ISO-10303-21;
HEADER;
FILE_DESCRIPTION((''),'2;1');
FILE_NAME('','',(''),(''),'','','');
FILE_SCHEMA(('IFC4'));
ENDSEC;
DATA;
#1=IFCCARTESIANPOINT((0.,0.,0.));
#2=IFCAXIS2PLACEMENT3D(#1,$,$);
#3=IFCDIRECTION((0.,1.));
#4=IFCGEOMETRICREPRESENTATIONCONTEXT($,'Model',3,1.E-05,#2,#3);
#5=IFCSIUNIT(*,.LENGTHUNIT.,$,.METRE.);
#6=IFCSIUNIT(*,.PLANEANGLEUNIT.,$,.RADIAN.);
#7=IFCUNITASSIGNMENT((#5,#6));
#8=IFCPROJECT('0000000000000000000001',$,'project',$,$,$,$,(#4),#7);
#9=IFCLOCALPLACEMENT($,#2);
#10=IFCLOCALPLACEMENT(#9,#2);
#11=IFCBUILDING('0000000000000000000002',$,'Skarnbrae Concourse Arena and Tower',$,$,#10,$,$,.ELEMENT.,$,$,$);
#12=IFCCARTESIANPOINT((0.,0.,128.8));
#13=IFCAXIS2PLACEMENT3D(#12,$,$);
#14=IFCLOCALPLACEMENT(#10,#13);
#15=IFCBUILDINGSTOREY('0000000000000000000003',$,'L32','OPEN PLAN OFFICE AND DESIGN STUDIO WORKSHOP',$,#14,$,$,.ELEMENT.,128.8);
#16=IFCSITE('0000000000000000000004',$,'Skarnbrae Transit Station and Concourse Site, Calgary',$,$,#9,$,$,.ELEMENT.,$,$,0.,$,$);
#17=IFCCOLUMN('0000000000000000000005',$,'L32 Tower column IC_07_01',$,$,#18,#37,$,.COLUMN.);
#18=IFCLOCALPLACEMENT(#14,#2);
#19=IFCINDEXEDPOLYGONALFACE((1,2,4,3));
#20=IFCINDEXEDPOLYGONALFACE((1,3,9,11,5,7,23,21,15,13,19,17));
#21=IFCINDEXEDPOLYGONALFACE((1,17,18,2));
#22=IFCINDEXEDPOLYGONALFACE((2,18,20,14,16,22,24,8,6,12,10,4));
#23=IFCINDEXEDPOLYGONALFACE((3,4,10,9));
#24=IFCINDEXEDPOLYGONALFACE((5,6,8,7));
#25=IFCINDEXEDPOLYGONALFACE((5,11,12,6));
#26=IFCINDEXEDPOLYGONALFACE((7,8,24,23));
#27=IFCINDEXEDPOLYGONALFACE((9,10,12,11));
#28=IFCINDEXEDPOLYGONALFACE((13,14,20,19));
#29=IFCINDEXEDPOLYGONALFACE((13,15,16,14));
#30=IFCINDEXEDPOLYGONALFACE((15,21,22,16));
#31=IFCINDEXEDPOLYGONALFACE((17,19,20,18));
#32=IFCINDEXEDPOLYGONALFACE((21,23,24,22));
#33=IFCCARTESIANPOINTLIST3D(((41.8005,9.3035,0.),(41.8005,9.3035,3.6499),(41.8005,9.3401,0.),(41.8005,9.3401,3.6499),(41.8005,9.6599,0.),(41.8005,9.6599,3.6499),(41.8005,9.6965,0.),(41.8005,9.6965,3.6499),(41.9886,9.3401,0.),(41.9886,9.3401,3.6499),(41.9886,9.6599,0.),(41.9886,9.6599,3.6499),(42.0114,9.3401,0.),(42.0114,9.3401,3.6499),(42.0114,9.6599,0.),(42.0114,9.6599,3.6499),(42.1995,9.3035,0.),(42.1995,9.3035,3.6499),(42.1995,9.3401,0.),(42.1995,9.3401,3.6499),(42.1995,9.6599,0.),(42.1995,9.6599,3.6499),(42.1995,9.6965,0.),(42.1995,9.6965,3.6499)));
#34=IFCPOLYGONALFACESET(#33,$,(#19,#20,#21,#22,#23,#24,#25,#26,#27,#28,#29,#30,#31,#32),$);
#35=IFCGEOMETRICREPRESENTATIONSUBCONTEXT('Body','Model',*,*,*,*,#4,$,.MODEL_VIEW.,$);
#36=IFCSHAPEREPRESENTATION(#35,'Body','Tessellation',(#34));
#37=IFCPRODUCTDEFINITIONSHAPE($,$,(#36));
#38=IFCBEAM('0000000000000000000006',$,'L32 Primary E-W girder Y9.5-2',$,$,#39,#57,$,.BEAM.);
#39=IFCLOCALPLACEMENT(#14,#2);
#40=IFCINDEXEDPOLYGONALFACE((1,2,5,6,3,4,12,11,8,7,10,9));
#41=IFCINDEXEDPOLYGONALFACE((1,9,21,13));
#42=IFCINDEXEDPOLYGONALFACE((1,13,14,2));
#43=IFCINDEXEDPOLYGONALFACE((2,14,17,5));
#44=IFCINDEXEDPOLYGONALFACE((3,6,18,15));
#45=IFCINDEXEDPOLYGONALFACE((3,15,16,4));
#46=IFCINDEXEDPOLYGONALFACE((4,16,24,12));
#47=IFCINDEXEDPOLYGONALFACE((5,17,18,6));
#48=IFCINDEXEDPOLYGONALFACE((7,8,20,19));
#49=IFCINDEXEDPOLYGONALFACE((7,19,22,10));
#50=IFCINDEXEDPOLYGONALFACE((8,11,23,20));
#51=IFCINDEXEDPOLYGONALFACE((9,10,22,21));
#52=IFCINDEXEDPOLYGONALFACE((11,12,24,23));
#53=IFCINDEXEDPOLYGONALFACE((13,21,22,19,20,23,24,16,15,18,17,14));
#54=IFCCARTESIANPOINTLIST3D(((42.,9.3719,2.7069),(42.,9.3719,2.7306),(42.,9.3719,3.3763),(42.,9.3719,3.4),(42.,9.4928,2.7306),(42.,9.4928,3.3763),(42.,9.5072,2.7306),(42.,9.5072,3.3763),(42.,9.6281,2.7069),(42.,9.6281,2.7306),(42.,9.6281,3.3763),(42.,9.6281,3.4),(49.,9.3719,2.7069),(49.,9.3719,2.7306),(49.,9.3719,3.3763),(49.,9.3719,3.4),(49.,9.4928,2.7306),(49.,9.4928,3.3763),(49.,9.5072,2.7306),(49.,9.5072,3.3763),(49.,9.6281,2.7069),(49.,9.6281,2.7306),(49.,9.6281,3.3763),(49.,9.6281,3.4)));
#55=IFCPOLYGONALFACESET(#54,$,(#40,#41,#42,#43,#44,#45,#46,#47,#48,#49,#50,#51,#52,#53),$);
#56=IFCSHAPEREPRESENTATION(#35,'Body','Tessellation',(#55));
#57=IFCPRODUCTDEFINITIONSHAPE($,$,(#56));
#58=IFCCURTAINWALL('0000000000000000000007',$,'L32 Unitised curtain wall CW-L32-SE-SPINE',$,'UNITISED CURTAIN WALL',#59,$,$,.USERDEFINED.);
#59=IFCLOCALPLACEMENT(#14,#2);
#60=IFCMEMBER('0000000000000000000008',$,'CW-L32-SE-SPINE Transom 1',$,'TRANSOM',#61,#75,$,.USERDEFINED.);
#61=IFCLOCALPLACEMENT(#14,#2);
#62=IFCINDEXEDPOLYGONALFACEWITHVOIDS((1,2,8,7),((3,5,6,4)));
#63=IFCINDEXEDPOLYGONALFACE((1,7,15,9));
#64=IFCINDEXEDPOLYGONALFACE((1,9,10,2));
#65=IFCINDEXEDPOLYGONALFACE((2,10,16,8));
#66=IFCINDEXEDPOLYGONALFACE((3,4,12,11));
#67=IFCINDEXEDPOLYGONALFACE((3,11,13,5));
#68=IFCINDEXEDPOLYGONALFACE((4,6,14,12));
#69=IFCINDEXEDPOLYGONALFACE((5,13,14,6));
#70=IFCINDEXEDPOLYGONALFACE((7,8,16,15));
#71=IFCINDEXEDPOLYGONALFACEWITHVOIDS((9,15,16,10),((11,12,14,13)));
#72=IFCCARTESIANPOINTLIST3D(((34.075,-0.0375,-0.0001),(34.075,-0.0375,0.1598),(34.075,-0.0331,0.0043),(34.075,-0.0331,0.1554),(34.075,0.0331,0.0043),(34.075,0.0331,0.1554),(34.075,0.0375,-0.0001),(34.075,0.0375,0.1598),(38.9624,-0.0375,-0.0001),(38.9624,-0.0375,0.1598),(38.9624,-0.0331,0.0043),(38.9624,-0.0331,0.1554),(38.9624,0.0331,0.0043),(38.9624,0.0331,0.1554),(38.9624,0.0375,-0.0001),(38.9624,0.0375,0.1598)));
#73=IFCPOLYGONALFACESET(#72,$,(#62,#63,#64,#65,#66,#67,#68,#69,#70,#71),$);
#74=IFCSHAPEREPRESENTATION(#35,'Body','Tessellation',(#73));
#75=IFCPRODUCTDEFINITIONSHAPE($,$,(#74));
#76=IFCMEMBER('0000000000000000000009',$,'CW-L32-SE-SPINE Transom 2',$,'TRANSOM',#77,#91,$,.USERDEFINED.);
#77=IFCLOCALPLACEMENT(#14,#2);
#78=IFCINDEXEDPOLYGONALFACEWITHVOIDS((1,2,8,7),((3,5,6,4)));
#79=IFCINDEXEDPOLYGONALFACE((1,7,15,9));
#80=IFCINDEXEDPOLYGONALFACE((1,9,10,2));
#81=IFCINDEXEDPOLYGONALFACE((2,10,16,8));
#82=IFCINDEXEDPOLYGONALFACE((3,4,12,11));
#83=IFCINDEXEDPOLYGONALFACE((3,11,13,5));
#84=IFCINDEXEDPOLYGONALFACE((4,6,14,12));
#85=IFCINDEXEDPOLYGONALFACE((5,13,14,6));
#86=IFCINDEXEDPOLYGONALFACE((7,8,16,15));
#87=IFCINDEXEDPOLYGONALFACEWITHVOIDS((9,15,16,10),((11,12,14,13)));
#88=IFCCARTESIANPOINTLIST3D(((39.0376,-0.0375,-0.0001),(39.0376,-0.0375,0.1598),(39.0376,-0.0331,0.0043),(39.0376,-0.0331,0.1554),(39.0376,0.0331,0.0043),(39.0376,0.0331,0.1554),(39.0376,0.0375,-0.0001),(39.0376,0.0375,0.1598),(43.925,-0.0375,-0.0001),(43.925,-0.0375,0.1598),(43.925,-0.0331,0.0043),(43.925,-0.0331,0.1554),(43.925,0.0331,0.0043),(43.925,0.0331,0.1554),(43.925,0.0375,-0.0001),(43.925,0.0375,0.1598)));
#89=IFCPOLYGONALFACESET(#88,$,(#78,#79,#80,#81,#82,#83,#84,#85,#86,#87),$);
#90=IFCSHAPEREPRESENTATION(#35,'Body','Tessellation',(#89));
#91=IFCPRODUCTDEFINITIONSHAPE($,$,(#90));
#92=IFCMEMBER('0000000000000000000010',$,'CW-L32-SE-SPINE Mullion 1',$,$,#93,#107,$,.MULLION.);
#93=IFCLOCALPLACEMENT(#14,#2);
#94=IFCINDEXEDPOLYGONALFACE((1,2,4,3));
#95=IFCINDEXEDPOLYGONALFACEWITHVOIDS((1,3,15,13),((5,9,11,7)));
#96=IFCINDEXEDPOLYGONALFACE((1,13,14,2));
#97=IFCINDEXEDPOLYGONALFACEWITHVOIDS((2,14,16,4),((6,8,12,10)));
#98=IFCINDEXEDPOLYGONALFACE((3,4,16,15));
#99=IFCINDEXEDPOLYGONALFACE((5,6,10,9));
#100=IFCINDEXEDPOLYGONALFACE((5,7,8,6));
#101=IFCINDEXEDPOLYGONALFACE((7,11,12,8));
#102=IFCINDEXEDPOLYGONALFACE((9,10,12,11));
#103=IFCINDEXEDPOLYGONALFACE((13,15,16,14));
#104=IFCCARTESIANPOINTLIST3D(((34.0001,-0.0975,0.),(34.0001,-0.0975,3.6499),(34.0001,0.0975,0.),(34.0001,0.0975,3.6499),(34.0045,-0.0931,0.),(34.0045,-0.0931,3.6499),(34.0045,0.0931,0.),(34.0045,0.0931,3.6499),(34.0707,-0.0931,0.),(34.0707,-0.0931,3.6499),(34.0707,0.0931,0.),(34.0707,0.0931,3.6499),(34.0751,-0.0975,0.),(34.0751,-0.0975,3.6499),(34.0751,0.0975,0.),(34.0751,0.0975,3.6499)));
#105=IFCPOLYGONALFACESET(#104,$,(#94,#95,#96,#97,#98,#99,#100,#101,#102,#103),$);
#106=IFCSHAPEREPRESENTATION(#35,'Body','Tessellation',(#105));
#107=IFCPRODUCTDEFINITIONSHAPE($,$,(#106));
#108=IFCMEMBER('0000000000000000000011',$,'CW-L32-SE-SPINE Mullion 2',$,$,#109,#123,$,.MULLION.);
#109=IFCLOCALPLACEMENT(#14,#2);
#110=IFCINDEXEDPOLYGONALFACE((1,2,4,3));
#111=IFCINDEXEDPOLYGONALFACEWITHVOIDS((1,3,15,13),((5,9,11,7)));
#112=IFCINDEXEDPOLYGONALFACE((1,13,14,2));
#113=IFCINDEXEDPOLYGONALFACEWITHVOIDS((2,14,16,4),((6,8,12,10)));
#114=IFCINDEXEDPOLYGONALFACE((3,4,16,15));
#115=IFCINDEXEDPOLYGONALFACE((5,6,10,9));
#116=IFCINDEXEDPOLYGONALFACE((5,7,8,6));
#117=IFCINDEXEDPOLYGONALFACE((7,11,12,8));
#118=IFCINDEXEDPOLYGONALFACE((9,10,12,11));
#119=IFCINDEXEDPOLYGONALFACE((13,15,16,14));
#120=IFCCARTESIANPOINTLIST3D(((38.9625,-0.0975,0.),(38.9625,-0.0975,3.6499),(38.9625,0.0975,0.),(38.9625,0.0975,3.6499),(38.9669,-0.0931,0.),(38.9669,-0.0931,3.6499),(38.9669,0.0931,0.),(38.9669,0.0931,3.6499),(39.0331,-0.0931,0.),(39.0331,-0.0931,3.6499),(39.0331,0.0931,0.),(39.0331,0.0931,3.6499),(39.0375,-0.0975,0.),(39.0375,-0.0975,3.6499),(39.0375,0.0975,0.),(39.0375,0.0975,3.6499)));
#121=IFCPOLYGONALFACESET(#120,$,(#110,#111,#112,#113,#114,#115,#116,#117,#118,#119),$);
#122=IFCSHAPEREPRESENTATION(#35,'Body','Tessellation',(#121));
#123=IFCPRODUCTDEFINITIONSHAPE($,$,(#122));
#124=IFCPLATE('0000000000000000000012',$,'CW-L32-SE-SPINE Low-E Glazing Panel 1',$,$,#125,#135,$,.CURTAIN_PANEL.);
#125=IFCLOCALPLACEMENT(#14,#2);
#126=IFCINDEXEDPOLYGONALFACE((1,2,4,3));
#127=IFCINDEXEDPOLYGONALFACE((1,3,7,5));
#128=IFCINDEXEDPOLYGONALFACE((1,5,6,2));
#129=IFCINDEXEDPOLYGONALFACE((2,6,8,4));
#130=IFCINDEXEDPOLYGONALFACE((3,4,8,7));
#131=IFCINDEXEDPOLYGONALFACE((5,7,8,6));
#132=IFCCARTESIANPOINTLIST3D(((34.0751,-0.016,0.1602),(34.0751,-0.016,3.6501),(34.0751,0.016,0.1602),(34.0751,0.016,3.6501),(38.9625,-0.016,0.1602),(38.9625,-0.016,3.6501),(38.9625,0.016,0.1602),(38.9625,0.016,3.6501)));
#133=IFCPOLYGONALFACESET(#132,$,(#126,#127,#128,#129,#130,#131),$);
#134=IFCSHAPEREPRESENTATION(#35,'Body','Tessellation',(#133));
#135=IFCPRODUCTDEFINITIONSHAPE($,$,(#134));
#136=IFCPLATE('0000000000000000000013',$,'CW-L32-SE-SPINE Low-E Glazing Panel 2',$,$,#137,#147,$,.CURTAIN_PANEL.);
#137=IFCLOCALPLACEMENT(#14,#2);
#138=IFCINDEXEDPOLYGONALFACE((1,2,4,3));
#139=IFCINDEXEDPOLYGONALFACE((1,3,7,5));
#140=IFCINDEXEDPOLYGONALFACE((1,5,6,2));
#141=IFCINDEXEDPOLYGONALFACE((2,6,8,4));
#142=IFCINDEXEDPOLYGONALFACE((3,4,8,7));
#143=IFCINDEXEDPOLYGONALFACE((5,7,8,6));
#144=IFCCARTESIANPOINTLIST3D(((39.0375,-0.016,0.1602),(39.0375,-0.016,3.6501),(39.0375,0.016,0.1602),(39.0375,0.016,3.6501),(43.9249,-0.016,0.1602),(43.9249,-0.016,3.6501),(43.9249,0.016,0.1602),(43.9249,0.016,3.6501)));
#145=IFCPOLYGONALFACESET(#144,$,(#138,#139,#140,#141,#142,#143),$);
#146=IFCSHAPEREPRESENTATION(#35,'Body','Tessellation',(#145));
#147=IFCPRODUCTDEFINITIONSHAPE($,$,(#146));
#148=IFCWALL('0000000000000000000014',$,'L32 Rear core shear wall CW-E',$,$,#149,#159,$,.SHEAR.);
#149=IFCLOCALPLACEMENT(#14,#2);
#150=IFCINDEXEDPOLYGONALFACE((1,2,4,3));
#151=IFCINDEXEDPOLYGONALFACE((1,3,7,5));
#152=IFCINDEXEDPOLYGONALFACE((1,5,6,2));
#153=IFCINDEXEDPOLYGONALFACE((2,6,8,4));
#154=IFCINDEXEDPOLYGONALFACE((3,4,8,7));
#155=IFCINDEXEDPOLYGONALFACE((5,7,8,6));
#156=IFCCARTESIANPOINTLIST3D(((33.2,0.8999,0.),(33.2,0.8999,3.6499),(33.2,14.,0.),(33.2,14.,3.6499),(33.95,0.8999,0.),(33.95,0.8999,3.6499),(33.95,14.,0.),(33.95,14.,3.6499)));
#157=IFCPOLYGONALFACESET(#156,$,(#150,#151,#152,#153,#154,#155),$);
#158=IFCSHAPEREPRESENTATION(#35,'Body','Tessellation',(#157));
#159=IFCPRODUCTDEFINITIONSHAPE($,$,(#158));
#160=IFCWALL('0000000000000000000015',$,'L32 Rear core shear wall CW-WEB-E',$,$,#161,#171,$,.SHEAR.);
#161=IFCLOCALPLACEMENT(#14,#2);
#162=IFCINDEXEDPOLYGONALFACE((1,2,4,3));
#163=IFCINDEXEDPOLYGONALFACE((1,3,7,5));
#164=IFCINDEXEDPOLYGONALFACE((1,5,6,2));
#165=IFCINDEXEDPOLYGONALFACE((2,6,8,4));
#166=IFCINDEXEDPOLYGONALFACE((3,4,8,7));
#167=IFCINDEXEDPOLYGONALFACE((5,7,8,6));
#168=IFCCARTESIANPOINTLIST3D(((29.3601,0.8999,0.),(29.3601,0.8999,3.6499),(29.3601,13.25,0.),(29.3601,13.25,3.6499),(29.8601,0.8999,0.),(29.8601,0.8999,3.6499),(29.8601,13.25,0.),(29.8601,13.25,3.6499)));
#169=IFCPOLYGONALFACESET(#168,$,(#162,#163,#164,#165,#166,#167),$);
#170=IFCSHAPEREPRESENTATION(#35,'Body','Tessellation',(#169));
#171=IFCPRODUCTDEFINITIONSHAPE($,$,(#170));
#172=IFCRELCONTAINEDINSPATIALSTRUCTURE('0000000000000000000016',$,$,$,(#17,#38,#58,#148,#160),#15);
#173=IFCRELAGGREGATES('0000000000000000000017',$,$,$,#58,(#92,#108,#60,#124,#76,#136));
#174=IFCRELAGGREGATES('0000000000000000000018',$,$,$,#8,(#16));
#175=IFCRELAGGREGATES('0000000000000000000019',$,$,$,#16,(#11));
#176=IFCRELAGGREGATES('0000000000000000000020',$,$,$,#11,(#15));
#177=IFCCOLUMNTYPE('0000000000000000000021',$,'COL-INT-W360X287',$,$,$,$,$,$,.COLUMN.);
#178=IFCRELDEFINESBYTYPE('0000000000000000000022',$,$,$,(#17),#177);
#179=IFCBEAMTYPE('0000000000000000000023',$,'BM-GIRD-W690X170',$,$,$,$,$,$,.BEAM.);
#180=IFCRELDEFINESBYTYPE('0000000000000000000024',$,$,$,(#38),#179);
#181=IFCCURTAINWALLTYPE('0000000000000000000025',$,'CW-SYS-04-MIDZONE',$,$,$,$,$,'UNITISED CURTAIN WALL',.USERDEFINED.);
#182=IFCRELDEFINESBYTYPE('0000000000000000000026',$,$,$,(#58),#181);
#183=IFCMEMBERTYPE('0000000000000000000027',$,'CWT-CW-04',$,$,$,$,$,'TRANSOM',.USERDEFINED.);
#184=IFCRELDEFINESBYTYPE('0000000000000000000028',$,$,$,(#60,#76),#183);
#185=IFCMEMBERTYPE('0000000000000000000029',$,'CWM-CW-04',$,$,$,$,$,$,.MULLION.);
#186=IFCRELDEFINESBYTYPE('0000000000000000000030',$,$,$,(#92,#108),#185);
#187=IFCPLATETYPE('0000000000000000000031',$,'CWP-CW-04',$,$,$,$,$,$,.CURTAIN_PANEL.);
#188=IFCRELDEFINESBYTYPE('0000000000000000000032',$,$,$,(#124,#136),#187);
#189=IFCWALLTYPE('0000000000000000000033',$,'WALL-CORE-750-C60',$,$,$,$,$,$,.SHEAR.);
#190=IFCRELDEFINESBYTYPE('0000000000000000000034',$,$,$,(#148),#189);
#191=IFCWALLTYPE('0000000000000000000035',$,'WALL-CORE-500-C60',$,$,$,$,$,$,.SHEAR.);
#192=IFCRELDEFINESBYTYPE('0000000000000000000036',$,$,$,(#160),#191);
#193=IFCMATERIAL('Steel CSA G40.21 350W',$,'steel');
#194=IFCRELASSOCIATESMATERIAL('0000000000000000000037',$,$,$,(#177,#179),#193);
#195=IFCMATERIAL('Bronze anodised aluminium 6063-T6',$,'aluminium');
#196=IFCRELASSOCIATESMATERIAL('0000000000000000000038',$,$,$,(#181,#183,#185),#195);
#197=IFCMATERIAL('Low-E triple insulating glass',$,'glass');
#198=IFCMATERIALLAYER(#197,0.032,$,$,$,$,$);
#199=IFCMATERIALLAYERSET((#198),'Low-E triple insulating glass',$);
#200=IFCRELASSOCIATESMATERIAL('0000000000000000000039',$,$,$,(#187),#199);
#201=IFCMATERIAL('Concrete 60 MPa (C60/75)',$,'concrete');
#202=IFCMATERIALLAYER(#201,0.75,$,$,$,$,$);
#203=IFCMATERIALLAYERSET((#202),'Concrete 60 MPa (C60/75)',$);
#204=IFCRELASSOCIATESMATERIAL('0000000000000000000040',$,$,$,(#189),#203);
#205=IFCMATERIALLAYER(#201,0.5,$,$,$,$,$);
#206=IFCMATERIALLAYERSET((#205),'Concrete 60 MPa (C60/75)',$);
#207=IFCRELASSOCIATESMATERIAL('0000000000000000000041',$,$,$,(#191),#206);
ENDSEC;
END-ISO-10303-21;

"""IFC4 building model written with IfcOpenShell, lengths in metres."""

from ifc_helpers import new_model, si_unit, direction, frame, frame_2d, origin, origin_2d, place, context, subcontext, project, spatial, rectangle, hollow_rectangle, i_section, extrude, source, transform, mapped, material, layer, layer_set, material_profile, profile_set, type_object, element, aggregate, save


model = new_model("IFC4")

# Units and contexts
model_context = context("Model", 3, precision=1e-05, world=origin(), true_north=direction((0.0, 1.0)))
body_context = subcontext(model_context, "Body", "Model", "MODEL_VIEW")
ifc_project = project(units=[si_unit("LENGTHUNIT", "METRE"), si_unit("PLANEANGLEUNIT", "RADIAN")], contexts=[model_context])

# Site, building, storey
site_placement = place(None, origin())
site = spatial("IfcSite", under=ifc_project, at=site_placement, Name="Skarnbrae Transit Station and Concourse Site, Calgary", CompositionType="ELEMENT", RefElevation=0.0)
building_placement = place(site_placement, origin())
building = spatial("IfcBuilding", under=site, at=building_placement, Name="Skarnbrae Concourse Arena and Tower", CompositionType="ELEMENT")
storey_placement = place(building_placement, frame((0.0, 0.0, 128.8)))
storey = spatial("IfcBuildingStorey", under=building, at=storey_placement, Name="L32", Description="OPEN PLAN OFFICE AND DESIGN STUDIO WORKSHOP", CompositionType="ELEMENT", Elevation=128.8)

# Column
ifc_material_1 = material(Name="Steel CSA G40.21 350W", Category="steel")
ifc_material_profile_1 = material_profile(ifc_material_1, i_section(OverallWidth=0.3989, OverallDepth=0.3931, WebThickness=0.0227, FlangeThickness=0.0366, at=origin_2d()), Name="W360X287")
ifc_profile_set_1 = profile_set([ifc_material_profile_1], Name="Steel CSA G40.21 350W")
column_type = type_object("IfcColumnType", Name="COL-INT-W360X287", PredefinedType="COLUMN", material=ifc_profile_set_1)
shared_shape_1 = source(origin(), body_context, "Body", "SweptSolid", [
    extrude(i_section(OverallWidth=0.3989, OverallDepth=0.3931, WebThickness=0.0227, FlangeThickness=0.0366, at=origin_2d()), origin(), (0.0, 0.0, 1.0), 3.6499),
])
column_placement = place(storey_placement, frame((42.0, 9.5, 0.0), z_axis=(0.0, 0.0, 1.0), x_axis=(1.0, 0.0, 0.0)))
element("IfcColumn", 1, at=column_placement, inside=storey, type_object=column_type, Name="L32 Tower column IC_07_01", PredefinedType="COLUMN", context=body_context, shape_type="MappedRepresentation", body=[
    mapped(shared_shape_1, transform((0.0, 0.0, 0.0))),
])

# Beam
ifc_material_profile_2 = material_profile(ifc_material_1, i_section(OverallWidth=0.2561, OverallDepth=0.6931, WebThickness=0.0144, FlangeThickness=0.0237, at=origin_2d()), Name="W690X170")
ifc_profile_set_2 = profile_set([ifc_material_profile_2], Name="Steel CSA G40.21 350W")
beam_type = type_object("IfcBeamType", Name="BM-GIRD-W690X170", PredefinedType="BEAM", material=ifc_profile_set_2)
shared_shape_2 = source(origin(), body_context, "Body", "SweptSolid", [
    extrude(i_section(OverallWidth=0.2561, OverallDepth=0.6931, WebThickness=0.0144, FlangeThickness=0.0237, at=origin_2d()), origin(), (0.0, 0.0, 1.0), 7.0),
])
beam_placement = place(storey_placement, frame((42.0, 9.5, 3.0535), z_axis=(1.0, 0.0, 0.0), x_axis=(0.0, 1.0, 0.0)))
element("IfcBeam", 2, at=beam_placement, inside=storey, type_object=beam_type, Name="L32 Primary E-W girder Y9.5-2", PredefinedType="BEAM", context=body_context, shape_type="MappedRepresentation", body=[
    mapped(shared_shape_2, transform((0.0, 0.0, 0.0))),
])

# Curtain wall, members, plates
ifc_material_2 = material(Name="Bronze anodised aluminium 6063-T6", Category="aluminium")
curtain_wall_type = type_object("IfcCurtainWallType", Name="CW-SYS-04-MIDZONE", ElementType="UNITISED CURTAIN WALL", PredefinedType="USERDEFINED", material=ifc_material_2)
curtain_wall_placement = place(storey_placement, origin())
curtain_wall = element("IfcCurtainWall", 3, at=curtain_wall_placement, inside=storey, type_object=curtain_wall_type, Name="L32 Unitised curtain wall CW-L32-SE-SPINE", ObjectType="UNITISED CURTAIN WALL", PredefinedType="USERDEFINED")
ifc_material_profile_3 = material_profile(ifc_material_2, hollow_rectangle(XDim=0.075, YDim=0.1599, WallThickness=0.0044, at=origin_2d()), Name="ALU-TRAN-75X160")
ifc_profile_set_3 = profile_set([ifc_material_profile_3], Name="Bronze anodised aluminium 6063-T6")
member_type_1 = type_object("IfcMemberType", Name="CWT-CW-04", ElementType="TRANSOM", PredefinedType="USERDEFINED", material=ifc_profile_set_3)
shared_shape_3 = source(origin(), body_context, "Body", "SweptSolid", [
    extrude(hollow_rectangle(XDim=0.075, YDim=0.1599, WallThickness=0.0044, at=origin_2d()), origin(), (0.0, 0.0, 1.0), 4.8875),
])
member_1_placement = place(storey_placement, frame((34.075, 0.0, 0.0798), z_axis=(1.0, 0.0, 0.0), x_axis=(0.0, 1.0, 0.0)))
member_1 = element("IfcMember", 4, at=member_1_placement, type_object=member_type_1, Name="CW-L32-SE-SPINE Transom 1", ObjectType="TRANSOM", PredefinedType="USERDEFINED", context=body_context, shape_type="MappedRepresentation", body=[
    mapped(shared_shape_3, transform((0.0, 0.0, 0.0))),
])
member_2_placement = place(storey_placement, frame((39.0376, 0.0, 0.0798), z_axis=(1.0, 0.0, 0.0), x_axis=(0.0, 1.0, 0.0)))
member_2 = element("IfcMember", 5, at=member_2_placement, type_object=member_type_1, Name="CW-L32-SE-SPINE Transom 2", ObjectType="TRANSOM", PredefinedType="USERDEFINED", context=body_context, shape_type="MappedRepresentation", body=[
    mapped(shared_shape_3, transform((0.0, 0.0, 0.0))),
])
ifc_material_profile_4 = material_profile(ifc_material_2, hollow_rectangle(XDim=0.075, YDim=0.1951, WallThickness=0.0044, at=origin_2d()), Name="ALU-MULL-75X195")
ifc_profile_set_4 = profile_set([ifc_material_profile_4], Name="Bronze anodised aluminium 6063-T6")
member_type_2 = type_object("IfcMemberType", Name="CWM-CW-04", PredefinedType="MULLION", material=ifc_profile_set_4)
shared_shape_4 = source(origin(), body_context, "Body", "SweptSolid", [
    extrude(hollow_rectangle(XDim=0.075, YDim=0.1951, WallThickness=0.0044, at=origin_2d()), origin(), (0.0, 0.0, 1.0), 3.6499),
])
member_3_placement = place(storey_placement, frame((34.0376, 0.0, 0.0), z_axis=(0.0, 0.0, 1.0), x_axis=(1.0, 0.0, 0.0)))
member_3 = element("IfcMember", 6, at=member_3_placement, type_object=member_type_2, Name="CW-L32-SE-SPINE Mullion 1", PredefinedType="MULLION", context=body_context, shape_type="MappedRepresentation", body=[
    mapped(shared_shape_4, transform((0.0, 0.0, 0.0))),
])
member_4_placement = place(storey_placement, frame((39.0, 0.0, 0.0), z_axis=(0.0, 0.0, 1.0), x_axis=(1.0, 0.0, 0.0)))
member_4 = element("IfcMember", 7, at=member_4_placement, type_object=member_type_2, Name="CW-L32-SE-SPINE Mullion 2", PredefinedType="MULLION", context=body_context, shape_type="MappedRepresentation", body=[
    mapped(shared_shape_4, transform((0.0, 0.0, 0.0))),
])
ifc_material_3 = material(Name="Low-E triple insulating glass", Category="glass")
ifc_layer_1 = layer(ifc_material_3, 0.032)
ifc_layer_set_1 = layer_set([ifc_layer_1], Name="Low-E triple insulating glass")
plate_type = type_object("IfcPlateType", Name="CWP-CW-04", PredefinedType="CURTAIN_PANEL", material=ifc_layer_set_1)
shared_shape_5 = source(origin(), body_context, "Body", "SweptSolid", [
    extrude(rectangle(XDim=4.8875, YDim=0.032, at=origin_2d()), origin(), (0.0, 0.0, 1.0), 3.49),
])
plate_1_placement = place(storey_placement, frame((36.5188, 0.0, 0.1602), z_axis=(0.0, 0.0, 1.0), x_axis=(1.0, 0.0, 0.0)))
plate_1 = element("IfcPlate", 8, at=plate_1_placement, type_object=plate_type, Name="CW-L32-SE-SPINE Low-E Glazing Panel 1", PredefinedType="CURTAIN_PANEL", context=body_context, shape_type="MappedRepresentation", body=[
    mapped(shared_shape_5, transform((0.0, 0.0, 0.0))),
])
plate_2_placement = place(storey_placement, frame((41.4812, 0.0, 0.1602), z_axis=(0.0, 0.0, 1.0), x_axis=(1.0, 0.0, 0.0)))
plate_2 = element("IfcPlate", 9, at=plate_2_placement, type_object=plate_type, Name="CW-L32-SE-SPINE Low-E Glazing Panel 2", PredefinedType="CURTAIN_PANEL", context=body_context, shape_type="MappedRepresentation", body=[
    mapped(shared_shape_5, transform((0.0, 0.0, 0.0))),
])
aggregate(curtain_wall, [member_3, member_4, member_1, plate_1, member_2, plate_2])

# Walls
ifc_material_4 = material(Name="Concrete 60 MPa (C60/75)", Category="concrete")
ifc_layer_2 = layer(ifc_material_4, 0.75)
ifc_layer_set_2 = layer_set([ifc_layer_2], Name="Concrete 60 MPa (C60/75)")
wall_type_1 = type_object("IfcWallType", Name="WALL-CORE-750-C60", PredefinedType="SHEAR", material=ifc_layer_set_2)
shared_shape_6 = source(origin(), body_context, "Body", "SweptSolid", [
    extrude(rectangle(XDim=13.1001, YDim=0.75, at=frame_2d((6.55, 0.0))), origin(), (0.0, 0.0, 1.0), 3.6499),
])
wall_1_placement = place(storey_placement, frame((33.575, 0.8999, 0.0), z_axis=(0.0, 0.0, 1.0), x_axis=(0.0, 1.0, 0.0)))
element("IfcWall", 10, at=wall_1_placement, inside=storey, type_object=wall_type_1, Name="L32 Rear core shear wall CW-E", PredefinedType="SHEAR", context=body_context, shape_type="MappedRepresentation", body=[
    mapped(shared_shape_6, transform((0.0, 0.0, 0.0))),
])
ifc_layer_3 = layer(ifc_material_4, 0.5)
ifc_layer_set_3 = layer_set([ifc_layer_3], Name="Concrete 60 MPa (C60/75)")
wall_type_2 = type_object("IfcWallType", Name="WALL-CORE-500-C60", PredefinedType="SHEAR", material=ifc_layer_set_3)
shared_shape_7 = source(origin(), body_context, "Body", "SweptSolid", [
    extrude(rectangle(XDim=12.3501, YDim=0.5, at=frame_2d((6.175, 0.0))), origin(), (0.0, 0.0, 1.0), 3.6499),
])
wall_2_placement = place(storey_placement, frame((29.6101, 0.8999, 0.0), z_axis=(0.0, 0.0, 1.0), x_axis=(0.0, 1.0, 0.0)))
element("IfcWall", 11, at=wall_2_placement, inside=storey, type_object=wall_type_2, Name="L32 Rear core shear wall CW-WEB-E", PredefinedType="SHEAR", context=body_context, shape_type="MappedRepresentation", body=[
    mapped(shared_shape_7, transform((0.0, 0.0, 0.0))),
])

save(model, "model.ifc")
